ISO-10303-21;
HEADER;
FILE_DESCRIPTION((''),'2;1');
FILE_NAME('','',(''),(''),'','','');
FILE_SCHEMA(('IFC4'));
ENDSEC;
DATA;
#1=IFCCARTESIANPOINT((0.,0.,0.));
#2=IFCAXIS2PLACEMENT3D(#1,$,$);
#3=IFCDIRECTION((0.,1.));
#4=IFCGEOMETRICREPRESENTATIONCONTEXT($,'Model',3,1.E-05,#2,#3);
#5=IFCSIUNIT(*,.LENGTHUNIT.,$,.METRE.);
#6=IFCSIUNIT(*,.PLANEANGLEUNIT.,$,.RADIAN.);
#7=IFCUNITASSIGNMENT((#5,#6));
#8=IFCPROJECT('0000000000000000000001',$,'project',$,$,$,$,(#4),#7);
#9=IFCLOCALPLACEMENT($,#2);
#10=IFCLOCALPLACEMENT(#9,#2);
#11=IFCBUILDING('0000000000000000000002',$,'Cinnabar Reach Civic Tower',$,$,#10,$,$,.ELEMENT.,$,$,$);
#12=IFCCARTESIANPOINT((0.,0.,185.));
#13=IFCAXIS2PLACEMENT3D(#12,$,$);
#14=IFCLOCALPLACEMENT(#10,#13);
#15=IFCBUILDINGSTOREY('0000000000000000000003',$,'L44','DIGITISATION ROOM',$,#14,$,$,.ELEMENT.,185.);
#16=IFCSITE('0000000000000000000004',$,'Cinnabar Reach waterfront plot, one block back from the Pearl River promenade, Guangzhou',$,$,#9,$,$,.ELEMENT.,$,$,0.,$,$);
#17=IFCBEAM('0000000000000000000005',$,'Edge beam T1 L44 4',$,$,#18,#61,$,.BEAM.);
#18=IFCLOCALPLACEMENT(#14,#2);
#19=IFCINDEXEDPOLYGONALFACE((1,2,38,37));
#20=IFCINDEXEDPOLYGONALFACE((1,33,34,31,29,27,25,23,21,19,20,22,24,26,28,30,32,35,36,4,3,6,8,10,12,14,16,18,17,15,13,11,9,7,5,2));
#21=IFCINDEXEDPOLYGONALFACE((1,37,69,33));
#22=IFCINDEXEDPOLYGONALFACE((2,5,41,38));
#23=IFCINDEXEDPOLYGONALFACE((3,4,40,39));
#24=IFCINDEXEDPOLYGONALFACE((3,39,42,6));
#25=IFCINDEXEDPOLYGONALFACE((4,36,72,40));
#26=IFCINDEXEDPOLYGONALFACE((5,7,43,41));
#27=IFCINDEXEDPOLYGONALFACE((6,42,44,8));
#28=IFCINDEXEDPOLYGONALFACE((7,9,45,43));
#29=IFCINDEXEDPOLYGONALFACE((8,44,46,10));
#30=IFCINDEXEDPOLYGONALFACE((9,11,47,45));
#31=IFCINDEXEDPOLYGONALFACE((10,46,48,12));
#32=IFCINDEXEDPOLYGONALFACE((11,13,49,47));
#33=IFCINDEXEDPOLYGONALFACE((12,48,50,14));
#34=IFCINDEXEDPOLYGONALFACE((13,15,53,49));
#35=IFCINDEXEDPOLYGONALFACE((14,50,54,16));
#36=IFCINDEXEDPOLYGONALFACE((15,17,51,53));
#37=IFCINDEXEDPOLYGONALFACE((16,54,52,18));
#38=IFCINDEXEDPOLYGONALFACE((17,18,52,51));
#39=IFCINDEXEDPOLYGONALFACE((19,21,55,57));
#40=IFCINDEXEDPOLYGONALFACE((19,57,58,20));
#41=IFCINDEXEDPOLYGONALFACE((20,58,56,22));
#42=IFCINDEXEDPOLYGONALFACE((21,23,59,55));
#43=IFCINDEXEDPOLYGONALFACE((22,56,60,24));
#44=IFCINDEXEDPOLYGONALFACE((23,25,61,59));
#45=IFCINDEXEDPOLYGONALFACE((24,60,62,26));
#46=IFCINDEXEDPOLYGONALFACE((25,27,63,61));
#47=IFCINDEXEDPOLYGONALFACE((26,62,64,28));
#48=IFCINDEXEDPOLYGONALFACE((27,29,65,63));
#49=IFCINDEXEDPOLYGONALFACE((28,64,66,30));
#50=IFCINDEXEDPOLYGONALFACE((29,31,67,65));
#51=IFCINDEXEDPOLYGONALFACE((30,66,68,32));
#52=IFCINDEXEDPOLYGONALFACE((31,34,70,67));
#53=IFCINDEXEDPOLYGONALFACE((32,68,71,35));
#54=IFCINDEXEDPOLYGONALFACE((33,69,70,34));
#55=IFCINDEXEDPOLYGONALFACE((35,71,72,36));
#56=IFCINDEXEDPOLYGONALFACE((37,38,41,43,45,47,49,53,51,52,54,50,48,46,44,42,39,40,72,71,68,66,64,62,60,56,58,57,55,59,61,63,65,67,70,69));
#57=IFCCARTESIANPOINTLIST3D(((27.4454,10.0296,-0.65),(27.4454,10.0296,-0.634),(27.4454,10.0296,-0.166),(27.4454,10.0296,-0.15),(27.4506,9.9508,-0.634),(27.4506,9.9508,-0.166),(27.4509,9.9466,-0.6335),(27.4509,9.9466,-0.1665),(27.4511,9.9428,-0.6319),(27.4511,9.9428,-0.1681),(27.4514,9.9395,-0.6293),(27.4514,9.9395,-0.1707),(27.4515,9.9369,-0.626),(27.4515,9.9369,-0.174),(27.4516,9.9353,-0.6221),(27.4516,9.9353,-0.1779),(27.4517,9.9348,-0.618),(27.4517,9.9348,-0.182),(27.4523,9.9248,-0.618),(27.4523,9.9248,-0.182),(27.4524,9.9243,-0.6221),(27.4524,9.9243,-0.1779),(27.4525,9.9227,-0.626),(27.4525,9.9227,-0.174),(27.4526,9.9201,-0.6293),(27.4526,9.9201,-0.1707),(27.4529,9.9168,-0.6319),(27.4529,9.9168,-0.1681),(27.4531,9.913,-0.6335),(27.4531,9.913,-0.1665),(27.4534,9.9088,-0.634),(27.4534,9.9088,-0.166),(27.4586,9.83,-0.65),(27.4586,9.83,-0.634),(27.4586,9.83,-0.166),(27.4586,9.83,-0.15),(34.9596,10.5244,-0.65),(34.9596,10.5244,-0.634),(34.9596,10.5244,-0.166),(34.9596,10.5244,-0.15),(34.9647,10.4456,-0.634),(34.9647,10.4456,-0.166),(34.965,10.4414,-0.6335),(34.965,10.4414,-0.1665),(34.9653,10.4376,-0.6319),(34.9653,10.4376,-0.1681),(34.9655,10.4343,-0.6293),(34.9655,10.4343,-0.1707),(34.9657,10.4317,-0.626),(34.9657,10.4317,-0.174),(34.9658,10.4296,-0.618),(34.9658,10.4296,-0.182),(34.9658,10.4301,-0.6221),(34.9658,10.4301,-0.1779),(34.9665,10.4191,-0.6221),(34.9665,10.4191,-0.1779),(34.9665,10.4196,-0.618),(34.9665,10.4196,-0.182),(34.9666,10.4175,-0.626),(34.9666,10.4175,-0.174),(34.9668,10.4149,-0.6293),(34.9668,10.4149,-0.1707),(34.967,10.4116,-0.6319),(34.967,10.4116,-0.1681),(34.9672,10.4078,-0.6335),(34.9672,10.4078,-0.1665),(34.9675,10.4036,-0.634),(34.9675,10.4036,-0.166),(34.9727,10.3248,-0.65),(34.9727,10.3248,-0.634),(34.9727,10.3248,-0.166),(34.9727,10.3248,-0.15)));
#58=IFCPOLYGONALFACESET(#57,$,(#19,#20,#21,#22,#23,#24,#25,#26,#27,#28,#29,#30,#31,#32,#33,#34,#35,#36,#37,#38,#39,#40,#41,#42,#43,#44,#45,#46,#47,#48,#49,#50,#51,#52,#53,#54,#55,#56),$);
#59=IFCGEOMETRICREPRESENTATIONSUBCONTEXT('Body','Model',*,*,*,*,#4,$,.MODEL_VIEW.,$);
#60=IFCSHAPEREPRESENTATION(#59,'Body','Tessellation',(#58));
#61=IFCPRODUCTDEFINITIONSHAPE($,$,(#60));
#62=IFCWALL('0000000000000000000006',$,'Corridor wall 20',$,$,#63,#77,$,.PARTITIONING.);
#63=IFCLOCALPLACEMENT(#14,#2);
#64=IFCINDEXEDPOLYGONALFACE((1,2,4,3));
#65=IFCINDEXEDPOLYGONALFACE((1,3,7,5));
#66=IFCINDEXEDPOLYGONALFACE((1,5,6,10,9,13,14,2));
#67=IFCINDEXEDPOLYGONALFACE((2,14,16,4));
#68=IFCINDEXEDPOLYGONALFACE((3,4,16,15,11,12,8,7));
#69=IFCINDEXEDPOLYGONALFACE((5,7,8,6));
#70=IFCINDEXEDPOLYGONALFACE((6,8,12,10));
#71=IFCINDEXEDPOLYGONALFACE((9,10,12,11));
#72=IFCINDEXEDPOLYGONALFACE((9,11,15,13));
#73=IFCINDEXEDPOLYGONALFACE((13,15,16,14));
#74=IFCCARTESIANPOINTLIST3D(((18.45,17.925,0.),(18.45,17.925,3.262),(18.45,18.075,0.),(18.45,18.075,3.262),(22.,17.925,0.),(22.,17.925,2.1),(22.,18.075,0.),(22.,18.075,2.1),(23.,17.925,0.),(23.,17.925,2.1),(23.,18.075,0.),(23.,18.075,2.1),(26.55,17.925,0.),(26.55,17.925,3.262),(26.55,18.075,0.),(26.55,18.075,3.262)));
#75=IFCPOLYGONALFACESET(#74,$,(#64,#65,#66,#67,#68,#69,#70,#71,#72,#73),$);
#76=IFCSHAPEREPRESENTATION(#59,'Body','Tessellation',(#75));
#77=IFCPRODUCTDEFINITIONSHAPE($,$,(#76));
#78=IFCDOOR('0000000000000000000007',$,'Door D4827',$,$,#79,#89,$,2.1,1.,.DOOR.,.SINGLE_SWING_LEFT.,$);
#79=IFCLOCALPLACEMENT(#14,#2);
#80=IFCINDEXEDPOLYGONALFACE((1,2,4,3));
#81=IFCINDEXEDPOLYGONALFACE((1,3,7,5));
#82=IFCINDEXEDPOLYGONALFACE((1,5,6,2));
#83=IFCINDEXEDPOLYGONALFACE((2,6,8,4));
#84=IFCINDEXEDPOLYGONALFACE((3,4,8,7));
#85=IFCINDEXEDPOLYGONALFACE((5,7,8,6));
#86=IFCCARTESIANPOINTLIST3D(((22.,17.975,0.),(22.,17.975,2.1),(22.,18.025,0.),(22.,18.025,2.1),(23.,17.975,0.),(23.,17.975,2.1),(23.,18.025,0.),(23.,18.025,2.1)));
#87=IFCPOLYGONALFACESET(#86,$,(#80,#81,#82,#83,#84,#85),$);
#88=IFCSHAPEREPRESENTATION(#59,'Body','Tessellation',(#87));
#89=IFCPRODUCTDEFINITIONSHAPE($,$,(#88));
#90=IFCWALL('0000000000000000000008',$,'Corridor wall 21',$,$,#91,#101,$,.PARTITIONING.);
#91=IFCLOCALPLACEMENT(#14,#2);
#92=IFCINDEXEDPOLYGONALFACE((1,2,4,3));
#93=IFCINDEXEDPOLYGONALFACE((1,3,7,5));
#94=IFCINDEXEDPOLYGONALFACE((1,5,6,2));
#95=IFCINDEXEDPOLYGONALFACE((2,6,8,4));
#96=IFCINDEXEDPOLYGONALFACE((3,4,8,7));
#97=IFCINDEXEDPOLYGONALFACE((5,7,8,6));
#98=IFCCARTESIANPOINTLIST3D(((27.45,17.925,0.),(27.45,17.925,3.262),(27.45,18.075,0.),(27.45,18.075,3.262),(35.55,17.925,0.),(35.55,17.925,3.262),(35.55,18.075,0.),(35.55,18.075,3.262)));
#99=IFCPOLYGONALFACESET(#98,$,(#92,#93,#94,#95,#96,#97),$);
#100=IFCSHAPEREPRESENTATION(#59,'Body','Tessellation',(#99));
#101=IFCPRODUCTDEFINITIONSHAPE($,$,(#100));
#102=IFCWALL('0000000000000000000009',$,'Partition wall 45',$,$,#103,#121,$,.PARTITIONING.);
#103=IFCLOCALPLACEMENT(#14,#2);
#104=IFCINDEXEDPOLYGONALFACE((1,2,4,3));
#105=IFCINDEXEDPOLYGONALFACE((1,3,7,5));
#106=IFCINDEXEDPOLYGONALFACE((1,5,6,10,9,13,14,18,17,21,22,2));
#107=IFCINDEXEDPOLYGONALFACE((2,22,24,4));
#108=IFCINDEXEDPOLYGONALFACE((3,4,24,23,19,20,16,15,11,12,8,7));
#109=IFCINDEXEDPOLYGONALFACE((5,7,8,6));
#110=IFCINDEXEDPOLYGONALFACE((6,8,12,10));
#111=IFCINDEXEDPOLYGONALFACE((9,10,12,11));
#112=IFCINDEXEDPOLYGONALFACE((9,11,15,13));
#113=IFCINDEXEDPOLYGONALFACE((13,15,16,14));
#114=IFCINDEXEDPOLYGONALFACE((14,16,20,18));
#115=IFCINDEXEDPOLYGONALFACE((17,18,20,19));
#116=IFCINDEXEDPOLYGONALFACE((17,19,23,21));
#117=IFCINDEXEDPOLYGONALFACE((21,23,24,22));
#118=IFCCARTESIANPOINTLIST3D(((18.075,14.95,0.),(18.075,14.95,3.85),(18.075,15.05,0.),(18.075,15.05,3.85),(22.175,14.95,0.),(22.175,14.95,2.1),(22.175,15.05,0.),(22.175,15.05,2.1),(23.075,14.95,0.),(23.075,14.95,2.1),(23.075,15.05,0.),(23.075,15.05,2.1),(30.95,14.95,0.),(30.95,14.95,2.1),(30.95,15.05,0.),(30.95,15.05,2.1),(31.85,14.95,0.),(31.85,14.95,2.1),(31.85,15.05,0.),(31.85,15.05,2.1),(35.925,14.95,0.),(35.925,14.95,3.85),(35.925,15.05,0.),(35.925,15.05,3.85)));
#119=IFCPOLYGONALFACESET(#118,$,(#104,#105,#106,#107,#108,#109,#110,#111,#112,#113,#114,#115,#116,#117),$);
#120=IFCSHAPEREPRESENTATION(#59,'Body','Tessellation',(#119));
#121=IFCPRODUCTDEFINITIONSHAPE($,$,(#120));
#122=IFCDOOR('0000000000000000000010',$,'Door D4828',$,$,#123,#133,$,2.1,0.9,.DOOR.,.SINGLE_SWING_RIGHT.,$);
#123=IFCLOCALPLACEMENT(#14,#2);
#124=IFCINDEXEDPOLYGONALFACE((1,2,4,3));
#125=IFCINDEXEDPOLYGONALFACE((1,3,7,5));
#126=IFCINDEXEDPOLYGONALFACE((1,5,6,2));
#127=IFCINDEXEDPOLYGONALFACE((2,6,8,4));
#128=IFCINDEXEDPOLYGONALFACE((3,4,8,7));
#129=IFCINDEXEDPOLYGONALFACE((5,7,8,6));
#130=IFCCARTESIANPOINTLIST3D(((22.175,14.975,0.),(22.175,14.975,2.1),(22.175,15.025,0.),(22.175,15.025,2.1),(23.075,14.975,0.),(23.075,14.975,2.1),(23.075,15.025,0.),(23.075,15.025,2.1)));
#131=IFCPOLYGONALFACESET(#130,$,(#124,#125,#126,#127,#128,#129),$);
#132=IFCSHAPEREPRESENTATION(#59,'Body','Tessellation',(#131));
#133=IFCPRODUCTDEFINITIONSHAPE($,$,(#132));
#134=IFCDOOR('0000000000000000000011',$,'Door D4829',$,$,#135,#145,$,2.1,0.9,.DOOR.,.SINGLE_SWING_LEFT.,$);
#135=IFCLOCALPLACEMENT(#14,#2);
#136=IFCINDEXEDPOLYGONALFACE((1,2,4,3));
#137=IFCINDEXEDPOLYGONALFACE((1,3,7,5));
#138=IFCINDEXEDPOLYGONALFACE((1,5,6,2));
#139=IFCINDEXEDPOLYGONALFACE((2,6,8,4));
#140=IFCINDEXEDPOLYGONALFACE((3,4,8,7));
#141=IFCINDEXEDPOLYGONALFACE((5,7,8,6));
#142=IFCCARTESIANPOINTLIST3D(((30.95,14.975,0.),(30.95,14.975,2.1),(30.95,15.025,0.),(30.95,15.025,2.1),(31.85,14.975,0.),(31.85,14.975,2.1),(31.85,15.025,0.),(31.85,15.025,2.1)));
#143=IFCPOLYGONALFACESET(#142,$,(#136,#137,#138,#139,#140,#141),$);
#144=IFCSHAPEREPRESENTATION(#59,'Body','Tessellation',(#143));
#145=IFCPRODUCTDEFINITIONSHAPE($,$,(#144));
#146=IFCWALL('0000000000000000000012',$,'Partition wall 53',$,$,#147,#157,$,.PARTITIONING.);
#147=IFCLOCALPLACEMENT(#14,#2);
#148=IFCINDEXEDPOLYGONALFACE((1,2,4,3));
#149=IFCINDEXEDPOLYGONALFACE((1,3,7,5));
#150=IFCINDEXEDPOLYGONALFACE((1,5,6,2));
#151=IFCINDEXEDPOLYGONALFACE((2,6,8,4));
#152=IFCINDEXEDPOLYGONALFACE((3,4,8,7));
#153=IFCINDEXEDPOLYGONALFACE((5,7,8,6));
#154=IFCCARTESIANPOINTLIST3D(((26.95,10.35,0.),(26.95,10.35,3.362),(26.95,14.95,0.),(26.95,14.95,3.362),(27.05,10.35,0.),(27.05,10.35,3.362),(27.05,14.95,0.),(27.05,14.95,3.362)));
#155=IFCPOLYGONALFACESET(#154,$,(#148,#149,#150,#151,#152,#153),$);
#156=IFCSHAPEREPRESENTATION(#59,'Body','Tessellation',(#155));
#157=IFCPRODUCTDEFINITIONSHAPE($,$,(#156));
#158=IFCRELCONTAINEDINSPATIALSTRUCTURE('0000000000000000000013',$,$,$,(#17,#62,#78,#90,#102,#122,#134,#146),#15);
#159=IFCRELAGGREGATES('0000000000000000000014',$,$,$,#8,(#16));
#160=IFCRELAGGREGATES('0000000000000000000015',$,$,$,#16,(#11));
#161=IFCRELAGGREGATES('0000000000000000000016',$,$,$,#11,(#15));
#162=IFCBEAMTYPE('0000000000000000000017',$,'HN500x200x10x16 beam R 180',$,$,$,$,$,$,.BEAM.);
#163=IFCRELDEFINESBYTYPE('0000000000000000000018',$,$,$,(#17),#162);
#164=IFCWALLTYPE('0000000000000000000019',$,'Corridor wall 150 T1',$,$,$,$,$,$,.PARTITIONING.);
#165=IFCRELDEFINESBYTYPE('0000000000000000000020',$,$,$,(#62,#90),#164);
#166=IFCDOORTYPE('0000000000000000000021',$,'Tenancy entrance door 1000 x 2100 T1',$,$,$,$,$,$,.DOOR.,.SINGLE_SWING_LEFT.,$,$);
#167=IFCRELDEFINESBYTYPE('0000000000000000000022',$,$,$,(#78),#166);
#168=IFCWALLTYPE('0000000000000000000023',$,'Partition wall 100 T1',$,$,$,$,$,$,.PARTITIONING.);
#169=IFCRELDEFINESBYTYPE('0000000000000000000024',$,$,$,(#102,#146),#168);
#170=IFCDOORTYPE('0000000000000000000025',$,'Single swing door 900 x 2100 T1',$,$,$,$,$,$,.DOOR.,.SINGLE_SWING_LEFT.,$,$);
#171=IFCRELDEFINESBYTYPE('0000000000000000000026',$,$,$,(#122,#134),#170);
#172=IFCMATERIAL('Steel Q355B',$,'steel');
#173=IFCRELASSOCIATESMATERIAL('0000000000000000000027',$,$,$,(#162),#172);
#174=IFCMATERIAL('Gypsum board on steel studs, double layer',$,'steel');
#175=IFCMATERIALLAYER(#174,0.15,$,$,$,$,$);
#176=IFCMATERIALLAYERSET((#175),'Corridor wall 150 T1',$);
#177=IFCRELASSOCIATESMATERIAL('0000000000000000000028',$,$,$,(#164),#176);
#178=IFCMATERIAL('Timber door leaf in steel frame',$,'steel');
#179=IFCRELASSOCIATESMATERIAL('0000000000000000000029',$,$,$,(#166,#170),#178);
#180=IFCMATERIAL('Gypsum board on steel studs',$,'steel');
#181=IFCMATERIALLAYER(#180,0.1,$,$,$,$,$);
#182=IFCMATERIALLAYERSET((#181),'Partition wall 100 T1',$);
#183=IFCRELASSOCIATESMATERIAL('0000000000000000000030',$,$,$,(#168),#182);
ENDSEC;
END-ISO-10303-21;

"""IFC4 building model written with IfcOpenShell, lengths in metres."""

from ifc_helpers import new_model, si_unit, direction, frame, frame_2d, origin, origin_2d, place, context, subcontext, project, spatial, rectangle, i_section, extrude, material, layer, layer_set, material_profile, profile_set, type_object, element, fill, save


model = new_model("IFC4")

# Units and contexts
model_context = context("Model", 3, precision=1e-05, world=origin(), true_north=direction((0.0, 1.0)))
body_context = subcontext(model_context, "Body", "Model", "MODEL_VIEW")
ifc_project = project(units=[si_unit("LENGTHUNIT", "METRE"), si_unit("PLANEANGLEUNIT", "RADIAN")], contexts=[model_context])

# Site, building, storey
site_placement = place(None, origin())
site = spatial("IfcSite", under=ifc_project, at=site_placement, Name="Cinnabar Reach waterfront plot, one block back from the Pearl River promenade, Guangzhou", CompositionType="ELEMENT", RefElevation=0.0)
building_placement = place(site_placement, origin())
building = spatial("IfcBuilding", under=site, at=building_placement, Name="Cinnabar Reach Civic Tower", CompositionType="ELEMENT")
storey_placement = place(building_placement, frame((0.0, 0.0, 185.0)))
storey = spatial("IfcBuildingStorey", under=building, at=storey_placement, Name="L44", Description="DIGITISATION ROOM", CompositionType="ELEMENT", Elevation=185.0)

# Beam
ifc_material_1 = material(Name="Steel Q355B", Category="steel")
ifc_material_profile_1 = material_profile(ifc_material_1, i_section(OverallWidth=0.2, OverallDepth=0.5, WebThickness=0.01, FlangeThickness=0.016, FilletRadius=0.016, at=origin_2d()), Name="HN500x200x10x16")
ifc_profile_set_1 = profile_set([ifc_material_profile_1], Name="Steel Q355B")
beam_type_1 = type_object("IfcBeamType", Name="HN500x200x10x16 beam R 180", PredefinedType="BEAM", material=ifc_profile_set_1)
beam_1_placement = place(storey_placement, frame((27.452, 9.9298, -0.4), z_axis=(0.997839, 0.065707, 0.0), x_axis=(-0.065707, 0.997839, 0.0)))
element("IfcBeam", 1, at=beam_1_placement, inside=storey, type_object=beam_type_1, Name="Edge beam T1 L44 4", PredefinedType="BEAM", context=body_context, shape_type="SweptSolid", body=[
    extrude(i_section(OverallWidth=0.2, OverallDepth=0.5, WebThickness=0.01, FlangeThickness=0.016, FilletRadius=0.016, at=origin_2d()), origin(), (0.0, 0.0, 1.0), 7.5304),
])

# Wall, opening, door
ifc_material_2 = material(Name="Gypsum board on steel studs, double layer", Category="steel")
ifc_layer_1 = layer(ifc_material_2, 0.15)
ifc_layer_set_1 = layer_set([ifc_layer_1], Name="Corridor wall 150 T1")
wall_type_1 = type_object("IfcWallType", Name="Corridor wall 150 T1", PredefinedType="PARTITIONING", material=ifc_layer_set_1)
wall_1_placement = place(storey_placement, frame((18.45, 18.0, 0.0), z_axis=(0.0, 0.0, 1.0), x_axis=(1.0, 0.0, 0.0)))
wall_1 = element("IfcWall", 2, at=wall_1_placement, inside=storey, type_object=wall_type_1, Name="Corridor wall 20", PredefinedType="PARTITIONING", context=body_context, shape_type="SweptSolid", body=[
    extrude(rectangle(XDim=8.1, YDim=0.15, at=frame_2d((4.05, 0.0))), origin(), (0.0, 0.0, 1.0), 3.262),
])
opening_1_placement = place(wall_1_placement, frame((3.55, 0.0, 0.0)))
opening_1 = element("IfcOpeningElement", 3, at=opening_1_placement, cuts=wall_1, PredefinedType="OPENING", context=body_context, shape_type="SweptSolid", body=[
    extrude(rectangle(XDim=1.0, YDim=2.1, at=frame_2d((0.5, 1.05))), frame((0.0, 0.085, 0.0), z_axis=(0.0, -1.0, 0.0), x_axis=(1.0, 0.0, 0.0)), (0.0, 0.0, 1.0), 0.17),
])
ifc_material_3 = material(Name="Timber door leaf in steel frame", Category="steel")
door_type_1 = type_object("IfcDoorType", Name="Tenancy entrance door 1000 x 2100 T1", OperationType="SINGLE_SWING_LEFT", PredefinedType="DOOR", material=ifc_material_3)
door_1_placement = place(opening_1_placement, frame((1.0, 0.0, 0.0), z_axis=(0.0, 0.0, 1.0), x_axis=(-1.0, 0.0, 0.0)))
door_1 = element("IfcDoor", 4, at=door_1_placement, inside=storey, type_object=door_type_1, Name="Door D4827", OperationType="SINGLE_SWING_LEFT", OverallHeight=2.1, OverallWidth=1.0, PredefinedType="DOOR", context=body_context, shape_type="SweptSolid", body=[
    extrude(rectangle(XDim=1.0, YDim=2.1, at=frame_2d((0.5, 1.05))), frame((0.0, 0.025, 0.0), z_axis=(0.0, -1.0, 0.0), x_axis=(1.0, 0.0, 0.0)), (0.0, 0.0, 1.0), 0.05),
])
fill(opening_1, door_1)

# Wall
wall_2_placement = place(storey_placement, frame((27.45, 18.0, 0.0), z_axis=(0.0, 0.0, 1.0), x_axis=(1.0, 0.0, 0.0)))
element("IfcWall", 5, at=wall_2_placement, inside=storey, type_object=wall_type_1, Name="Corridor wall 21", PredefinedType="PARTITIONING", context=body_context, shape_type="SweptSolid", body=[
    extrude(rectangle(XDim=8.1, YDim=0.15, at=frame_2d((4.05, 0.0))), origin(), (0.0, 0.0, 1.0), 3.262),
])

# Wall, openings, doors
ifc_material_4 = material(Name="Gypsum board on steel studs", Category="steel")
ifc_layer_2 = layer(ifc_material_4, 0.1)
ifc_layer_set_2 = layer_set([ifc_layer_2], Name="Partition wall 100 T1")
wall_type_2 = type_object("IfcWallType", Name="Partition wall 100 T1", PredefinedType="PARTITIONING", material=ifc_layer_set_2)
wall_3_placement = place(storey_placement, frame((18.075, 15.0, 0.0), z_axis=(0.0, 0.0, 1.0), x_axis=(1.0, 0.0, 0.0)))
wall_3 = element("IfcWall", 6, at=wall_3_placement, inside=storey, type_object=wall_type_2, Name="Partition wall 45", PredefinedType="PARTITIONING", context=body_context, shape_type="SweptSolid", body=[
    extrude(rectangle(XDim=17.85, YDim=0.1, at=frame_2d((8.925, 0.0))), origin(), (0.0, 0.0, 1.0), 3.85),
])
opening_2_placement = place(wall_3_placement, frame((4.1, 0.0, 0.0)))
opening_2 = element("IfcOpeningElement", 7, at=opening_2_placement, cuts=wall_3, PredefinedType="OPENING", context=body_context, shape_type="SweptSolid", body=[
    extrude(rectangle(XDim=0.9, YDim=2.1, at=frame_2d((0.45, 1.05))), frame((0.0, 0.06, 0.0), z_axis=(0.0, -1.0, 0.0), x_axis=(1.0, 0.0, 0.0)), (0.0, 0.0, 1.0), 0.12),
])
opening_3_placement = place(wall_3_placement, frame((12.875, 0.0, 0.0)))
opening_3 = element("IfcOpeningElement", 8, at=opening_3_placement, cuts=wall_3, PredefinedType="OPENING", context=body_context, shape_type="SweptSolid", body=[
    extrude(rectangle(XDim=0.9, YDim=2.1, at=frame_2d((0.45, 1.05))), frame((0.0, 0.06, 0.0), z_axis=(0.0, -1.0, 0.0), x_axis=(1.0, 0.0, 0.0)), (0.0, 0.0, 1.0), 0.12),
])
door_type_2 = type_object("IfcDoorType", Name="Single swing door 900 x 2100 T1", OperationType="SINGLE_SWING_LEFT", PredefinedType="DOOR", material=ifc_material_3)
door_2_placement = place(opening_2_placement, frame((0.9, 0.0, 0.0), z_axis=(0.0, 0.0, 1.0), x_axis=(-1.0, 0.0, 0.0)))
door_2 = element("IfcDoor", 9, at=door_2_placement, inside=storey, type_object=door_type_2, Name="Door D4828", OperationType="SINGLE_SWING_RIGHT", OverallHeight=2.1, OverallWidth=0.9, PredefinedType="DOOR", context=body_context, shape_type="SweptSolid", body=[
    extrude(rectangle(XDim=0.9, YDim=2.1, at=frame_2d((0.45, 1.05))), frame((0.0, 0.025, 0.0), z_axis=(0.0, -1.0, 0.0), x_axis=(1.0, 0.0, 0.0)), (0.0, 0.0, 1.0), 0.05),
])
fill(opening_2, door_2)
door_3_placement = place(opening_3_placement, frame((0.9, 0.0, 0.0), z_axis=(0.0, 0.0, 1.0), x_axis=(-1.0, 0.0, 0.0)))
door_3 = element("IfcDoor", 10, at=door_3_placement, inside=storey, type_object=door_type_2, Name="Door D4829", OperationType="SINGLE_SWING_LEFT", OverallHeight=2.1, OverallWidth=0.9, PredefinedType="DOOR", context=body_context, shape_type="SweptSolid", body=[
    extrude(rectangle(XDim=0.9, YDim=2.1, at=frame_2d((0.45, 1.05))), frame((0.0, 0.025, 0.0), z_axis=(0.0, -1.0, 0.0), x_axis=(1.0, 0.0, 0.0)), (0.0, 0.0, 1.0), 0.05),
])
fill(opening_3, door_3)

# Wall
wall_4_placement = place(storey_placement, frame((27.0, 10.35, 0.0), z_axis=(0.0, 0.0, 1.0), x_axis=(0.0, 1.0, 0.0)))
element("IfcWall", 11, at=wall_4_placement, inside=storey, type_object=wall_type_2, Name="Partition wall 53", PredefinedType="PARTITIONING", context=body_context, shape_type="SweptSolid", body=[
    extrude(rectangle(XDim=4.6, YDim=0.1, at=frame_2d((2.3, 0.0))), origin(), (0.0, 0.0, 1.0), 3.362),
])

save(model, "model.ifc")
